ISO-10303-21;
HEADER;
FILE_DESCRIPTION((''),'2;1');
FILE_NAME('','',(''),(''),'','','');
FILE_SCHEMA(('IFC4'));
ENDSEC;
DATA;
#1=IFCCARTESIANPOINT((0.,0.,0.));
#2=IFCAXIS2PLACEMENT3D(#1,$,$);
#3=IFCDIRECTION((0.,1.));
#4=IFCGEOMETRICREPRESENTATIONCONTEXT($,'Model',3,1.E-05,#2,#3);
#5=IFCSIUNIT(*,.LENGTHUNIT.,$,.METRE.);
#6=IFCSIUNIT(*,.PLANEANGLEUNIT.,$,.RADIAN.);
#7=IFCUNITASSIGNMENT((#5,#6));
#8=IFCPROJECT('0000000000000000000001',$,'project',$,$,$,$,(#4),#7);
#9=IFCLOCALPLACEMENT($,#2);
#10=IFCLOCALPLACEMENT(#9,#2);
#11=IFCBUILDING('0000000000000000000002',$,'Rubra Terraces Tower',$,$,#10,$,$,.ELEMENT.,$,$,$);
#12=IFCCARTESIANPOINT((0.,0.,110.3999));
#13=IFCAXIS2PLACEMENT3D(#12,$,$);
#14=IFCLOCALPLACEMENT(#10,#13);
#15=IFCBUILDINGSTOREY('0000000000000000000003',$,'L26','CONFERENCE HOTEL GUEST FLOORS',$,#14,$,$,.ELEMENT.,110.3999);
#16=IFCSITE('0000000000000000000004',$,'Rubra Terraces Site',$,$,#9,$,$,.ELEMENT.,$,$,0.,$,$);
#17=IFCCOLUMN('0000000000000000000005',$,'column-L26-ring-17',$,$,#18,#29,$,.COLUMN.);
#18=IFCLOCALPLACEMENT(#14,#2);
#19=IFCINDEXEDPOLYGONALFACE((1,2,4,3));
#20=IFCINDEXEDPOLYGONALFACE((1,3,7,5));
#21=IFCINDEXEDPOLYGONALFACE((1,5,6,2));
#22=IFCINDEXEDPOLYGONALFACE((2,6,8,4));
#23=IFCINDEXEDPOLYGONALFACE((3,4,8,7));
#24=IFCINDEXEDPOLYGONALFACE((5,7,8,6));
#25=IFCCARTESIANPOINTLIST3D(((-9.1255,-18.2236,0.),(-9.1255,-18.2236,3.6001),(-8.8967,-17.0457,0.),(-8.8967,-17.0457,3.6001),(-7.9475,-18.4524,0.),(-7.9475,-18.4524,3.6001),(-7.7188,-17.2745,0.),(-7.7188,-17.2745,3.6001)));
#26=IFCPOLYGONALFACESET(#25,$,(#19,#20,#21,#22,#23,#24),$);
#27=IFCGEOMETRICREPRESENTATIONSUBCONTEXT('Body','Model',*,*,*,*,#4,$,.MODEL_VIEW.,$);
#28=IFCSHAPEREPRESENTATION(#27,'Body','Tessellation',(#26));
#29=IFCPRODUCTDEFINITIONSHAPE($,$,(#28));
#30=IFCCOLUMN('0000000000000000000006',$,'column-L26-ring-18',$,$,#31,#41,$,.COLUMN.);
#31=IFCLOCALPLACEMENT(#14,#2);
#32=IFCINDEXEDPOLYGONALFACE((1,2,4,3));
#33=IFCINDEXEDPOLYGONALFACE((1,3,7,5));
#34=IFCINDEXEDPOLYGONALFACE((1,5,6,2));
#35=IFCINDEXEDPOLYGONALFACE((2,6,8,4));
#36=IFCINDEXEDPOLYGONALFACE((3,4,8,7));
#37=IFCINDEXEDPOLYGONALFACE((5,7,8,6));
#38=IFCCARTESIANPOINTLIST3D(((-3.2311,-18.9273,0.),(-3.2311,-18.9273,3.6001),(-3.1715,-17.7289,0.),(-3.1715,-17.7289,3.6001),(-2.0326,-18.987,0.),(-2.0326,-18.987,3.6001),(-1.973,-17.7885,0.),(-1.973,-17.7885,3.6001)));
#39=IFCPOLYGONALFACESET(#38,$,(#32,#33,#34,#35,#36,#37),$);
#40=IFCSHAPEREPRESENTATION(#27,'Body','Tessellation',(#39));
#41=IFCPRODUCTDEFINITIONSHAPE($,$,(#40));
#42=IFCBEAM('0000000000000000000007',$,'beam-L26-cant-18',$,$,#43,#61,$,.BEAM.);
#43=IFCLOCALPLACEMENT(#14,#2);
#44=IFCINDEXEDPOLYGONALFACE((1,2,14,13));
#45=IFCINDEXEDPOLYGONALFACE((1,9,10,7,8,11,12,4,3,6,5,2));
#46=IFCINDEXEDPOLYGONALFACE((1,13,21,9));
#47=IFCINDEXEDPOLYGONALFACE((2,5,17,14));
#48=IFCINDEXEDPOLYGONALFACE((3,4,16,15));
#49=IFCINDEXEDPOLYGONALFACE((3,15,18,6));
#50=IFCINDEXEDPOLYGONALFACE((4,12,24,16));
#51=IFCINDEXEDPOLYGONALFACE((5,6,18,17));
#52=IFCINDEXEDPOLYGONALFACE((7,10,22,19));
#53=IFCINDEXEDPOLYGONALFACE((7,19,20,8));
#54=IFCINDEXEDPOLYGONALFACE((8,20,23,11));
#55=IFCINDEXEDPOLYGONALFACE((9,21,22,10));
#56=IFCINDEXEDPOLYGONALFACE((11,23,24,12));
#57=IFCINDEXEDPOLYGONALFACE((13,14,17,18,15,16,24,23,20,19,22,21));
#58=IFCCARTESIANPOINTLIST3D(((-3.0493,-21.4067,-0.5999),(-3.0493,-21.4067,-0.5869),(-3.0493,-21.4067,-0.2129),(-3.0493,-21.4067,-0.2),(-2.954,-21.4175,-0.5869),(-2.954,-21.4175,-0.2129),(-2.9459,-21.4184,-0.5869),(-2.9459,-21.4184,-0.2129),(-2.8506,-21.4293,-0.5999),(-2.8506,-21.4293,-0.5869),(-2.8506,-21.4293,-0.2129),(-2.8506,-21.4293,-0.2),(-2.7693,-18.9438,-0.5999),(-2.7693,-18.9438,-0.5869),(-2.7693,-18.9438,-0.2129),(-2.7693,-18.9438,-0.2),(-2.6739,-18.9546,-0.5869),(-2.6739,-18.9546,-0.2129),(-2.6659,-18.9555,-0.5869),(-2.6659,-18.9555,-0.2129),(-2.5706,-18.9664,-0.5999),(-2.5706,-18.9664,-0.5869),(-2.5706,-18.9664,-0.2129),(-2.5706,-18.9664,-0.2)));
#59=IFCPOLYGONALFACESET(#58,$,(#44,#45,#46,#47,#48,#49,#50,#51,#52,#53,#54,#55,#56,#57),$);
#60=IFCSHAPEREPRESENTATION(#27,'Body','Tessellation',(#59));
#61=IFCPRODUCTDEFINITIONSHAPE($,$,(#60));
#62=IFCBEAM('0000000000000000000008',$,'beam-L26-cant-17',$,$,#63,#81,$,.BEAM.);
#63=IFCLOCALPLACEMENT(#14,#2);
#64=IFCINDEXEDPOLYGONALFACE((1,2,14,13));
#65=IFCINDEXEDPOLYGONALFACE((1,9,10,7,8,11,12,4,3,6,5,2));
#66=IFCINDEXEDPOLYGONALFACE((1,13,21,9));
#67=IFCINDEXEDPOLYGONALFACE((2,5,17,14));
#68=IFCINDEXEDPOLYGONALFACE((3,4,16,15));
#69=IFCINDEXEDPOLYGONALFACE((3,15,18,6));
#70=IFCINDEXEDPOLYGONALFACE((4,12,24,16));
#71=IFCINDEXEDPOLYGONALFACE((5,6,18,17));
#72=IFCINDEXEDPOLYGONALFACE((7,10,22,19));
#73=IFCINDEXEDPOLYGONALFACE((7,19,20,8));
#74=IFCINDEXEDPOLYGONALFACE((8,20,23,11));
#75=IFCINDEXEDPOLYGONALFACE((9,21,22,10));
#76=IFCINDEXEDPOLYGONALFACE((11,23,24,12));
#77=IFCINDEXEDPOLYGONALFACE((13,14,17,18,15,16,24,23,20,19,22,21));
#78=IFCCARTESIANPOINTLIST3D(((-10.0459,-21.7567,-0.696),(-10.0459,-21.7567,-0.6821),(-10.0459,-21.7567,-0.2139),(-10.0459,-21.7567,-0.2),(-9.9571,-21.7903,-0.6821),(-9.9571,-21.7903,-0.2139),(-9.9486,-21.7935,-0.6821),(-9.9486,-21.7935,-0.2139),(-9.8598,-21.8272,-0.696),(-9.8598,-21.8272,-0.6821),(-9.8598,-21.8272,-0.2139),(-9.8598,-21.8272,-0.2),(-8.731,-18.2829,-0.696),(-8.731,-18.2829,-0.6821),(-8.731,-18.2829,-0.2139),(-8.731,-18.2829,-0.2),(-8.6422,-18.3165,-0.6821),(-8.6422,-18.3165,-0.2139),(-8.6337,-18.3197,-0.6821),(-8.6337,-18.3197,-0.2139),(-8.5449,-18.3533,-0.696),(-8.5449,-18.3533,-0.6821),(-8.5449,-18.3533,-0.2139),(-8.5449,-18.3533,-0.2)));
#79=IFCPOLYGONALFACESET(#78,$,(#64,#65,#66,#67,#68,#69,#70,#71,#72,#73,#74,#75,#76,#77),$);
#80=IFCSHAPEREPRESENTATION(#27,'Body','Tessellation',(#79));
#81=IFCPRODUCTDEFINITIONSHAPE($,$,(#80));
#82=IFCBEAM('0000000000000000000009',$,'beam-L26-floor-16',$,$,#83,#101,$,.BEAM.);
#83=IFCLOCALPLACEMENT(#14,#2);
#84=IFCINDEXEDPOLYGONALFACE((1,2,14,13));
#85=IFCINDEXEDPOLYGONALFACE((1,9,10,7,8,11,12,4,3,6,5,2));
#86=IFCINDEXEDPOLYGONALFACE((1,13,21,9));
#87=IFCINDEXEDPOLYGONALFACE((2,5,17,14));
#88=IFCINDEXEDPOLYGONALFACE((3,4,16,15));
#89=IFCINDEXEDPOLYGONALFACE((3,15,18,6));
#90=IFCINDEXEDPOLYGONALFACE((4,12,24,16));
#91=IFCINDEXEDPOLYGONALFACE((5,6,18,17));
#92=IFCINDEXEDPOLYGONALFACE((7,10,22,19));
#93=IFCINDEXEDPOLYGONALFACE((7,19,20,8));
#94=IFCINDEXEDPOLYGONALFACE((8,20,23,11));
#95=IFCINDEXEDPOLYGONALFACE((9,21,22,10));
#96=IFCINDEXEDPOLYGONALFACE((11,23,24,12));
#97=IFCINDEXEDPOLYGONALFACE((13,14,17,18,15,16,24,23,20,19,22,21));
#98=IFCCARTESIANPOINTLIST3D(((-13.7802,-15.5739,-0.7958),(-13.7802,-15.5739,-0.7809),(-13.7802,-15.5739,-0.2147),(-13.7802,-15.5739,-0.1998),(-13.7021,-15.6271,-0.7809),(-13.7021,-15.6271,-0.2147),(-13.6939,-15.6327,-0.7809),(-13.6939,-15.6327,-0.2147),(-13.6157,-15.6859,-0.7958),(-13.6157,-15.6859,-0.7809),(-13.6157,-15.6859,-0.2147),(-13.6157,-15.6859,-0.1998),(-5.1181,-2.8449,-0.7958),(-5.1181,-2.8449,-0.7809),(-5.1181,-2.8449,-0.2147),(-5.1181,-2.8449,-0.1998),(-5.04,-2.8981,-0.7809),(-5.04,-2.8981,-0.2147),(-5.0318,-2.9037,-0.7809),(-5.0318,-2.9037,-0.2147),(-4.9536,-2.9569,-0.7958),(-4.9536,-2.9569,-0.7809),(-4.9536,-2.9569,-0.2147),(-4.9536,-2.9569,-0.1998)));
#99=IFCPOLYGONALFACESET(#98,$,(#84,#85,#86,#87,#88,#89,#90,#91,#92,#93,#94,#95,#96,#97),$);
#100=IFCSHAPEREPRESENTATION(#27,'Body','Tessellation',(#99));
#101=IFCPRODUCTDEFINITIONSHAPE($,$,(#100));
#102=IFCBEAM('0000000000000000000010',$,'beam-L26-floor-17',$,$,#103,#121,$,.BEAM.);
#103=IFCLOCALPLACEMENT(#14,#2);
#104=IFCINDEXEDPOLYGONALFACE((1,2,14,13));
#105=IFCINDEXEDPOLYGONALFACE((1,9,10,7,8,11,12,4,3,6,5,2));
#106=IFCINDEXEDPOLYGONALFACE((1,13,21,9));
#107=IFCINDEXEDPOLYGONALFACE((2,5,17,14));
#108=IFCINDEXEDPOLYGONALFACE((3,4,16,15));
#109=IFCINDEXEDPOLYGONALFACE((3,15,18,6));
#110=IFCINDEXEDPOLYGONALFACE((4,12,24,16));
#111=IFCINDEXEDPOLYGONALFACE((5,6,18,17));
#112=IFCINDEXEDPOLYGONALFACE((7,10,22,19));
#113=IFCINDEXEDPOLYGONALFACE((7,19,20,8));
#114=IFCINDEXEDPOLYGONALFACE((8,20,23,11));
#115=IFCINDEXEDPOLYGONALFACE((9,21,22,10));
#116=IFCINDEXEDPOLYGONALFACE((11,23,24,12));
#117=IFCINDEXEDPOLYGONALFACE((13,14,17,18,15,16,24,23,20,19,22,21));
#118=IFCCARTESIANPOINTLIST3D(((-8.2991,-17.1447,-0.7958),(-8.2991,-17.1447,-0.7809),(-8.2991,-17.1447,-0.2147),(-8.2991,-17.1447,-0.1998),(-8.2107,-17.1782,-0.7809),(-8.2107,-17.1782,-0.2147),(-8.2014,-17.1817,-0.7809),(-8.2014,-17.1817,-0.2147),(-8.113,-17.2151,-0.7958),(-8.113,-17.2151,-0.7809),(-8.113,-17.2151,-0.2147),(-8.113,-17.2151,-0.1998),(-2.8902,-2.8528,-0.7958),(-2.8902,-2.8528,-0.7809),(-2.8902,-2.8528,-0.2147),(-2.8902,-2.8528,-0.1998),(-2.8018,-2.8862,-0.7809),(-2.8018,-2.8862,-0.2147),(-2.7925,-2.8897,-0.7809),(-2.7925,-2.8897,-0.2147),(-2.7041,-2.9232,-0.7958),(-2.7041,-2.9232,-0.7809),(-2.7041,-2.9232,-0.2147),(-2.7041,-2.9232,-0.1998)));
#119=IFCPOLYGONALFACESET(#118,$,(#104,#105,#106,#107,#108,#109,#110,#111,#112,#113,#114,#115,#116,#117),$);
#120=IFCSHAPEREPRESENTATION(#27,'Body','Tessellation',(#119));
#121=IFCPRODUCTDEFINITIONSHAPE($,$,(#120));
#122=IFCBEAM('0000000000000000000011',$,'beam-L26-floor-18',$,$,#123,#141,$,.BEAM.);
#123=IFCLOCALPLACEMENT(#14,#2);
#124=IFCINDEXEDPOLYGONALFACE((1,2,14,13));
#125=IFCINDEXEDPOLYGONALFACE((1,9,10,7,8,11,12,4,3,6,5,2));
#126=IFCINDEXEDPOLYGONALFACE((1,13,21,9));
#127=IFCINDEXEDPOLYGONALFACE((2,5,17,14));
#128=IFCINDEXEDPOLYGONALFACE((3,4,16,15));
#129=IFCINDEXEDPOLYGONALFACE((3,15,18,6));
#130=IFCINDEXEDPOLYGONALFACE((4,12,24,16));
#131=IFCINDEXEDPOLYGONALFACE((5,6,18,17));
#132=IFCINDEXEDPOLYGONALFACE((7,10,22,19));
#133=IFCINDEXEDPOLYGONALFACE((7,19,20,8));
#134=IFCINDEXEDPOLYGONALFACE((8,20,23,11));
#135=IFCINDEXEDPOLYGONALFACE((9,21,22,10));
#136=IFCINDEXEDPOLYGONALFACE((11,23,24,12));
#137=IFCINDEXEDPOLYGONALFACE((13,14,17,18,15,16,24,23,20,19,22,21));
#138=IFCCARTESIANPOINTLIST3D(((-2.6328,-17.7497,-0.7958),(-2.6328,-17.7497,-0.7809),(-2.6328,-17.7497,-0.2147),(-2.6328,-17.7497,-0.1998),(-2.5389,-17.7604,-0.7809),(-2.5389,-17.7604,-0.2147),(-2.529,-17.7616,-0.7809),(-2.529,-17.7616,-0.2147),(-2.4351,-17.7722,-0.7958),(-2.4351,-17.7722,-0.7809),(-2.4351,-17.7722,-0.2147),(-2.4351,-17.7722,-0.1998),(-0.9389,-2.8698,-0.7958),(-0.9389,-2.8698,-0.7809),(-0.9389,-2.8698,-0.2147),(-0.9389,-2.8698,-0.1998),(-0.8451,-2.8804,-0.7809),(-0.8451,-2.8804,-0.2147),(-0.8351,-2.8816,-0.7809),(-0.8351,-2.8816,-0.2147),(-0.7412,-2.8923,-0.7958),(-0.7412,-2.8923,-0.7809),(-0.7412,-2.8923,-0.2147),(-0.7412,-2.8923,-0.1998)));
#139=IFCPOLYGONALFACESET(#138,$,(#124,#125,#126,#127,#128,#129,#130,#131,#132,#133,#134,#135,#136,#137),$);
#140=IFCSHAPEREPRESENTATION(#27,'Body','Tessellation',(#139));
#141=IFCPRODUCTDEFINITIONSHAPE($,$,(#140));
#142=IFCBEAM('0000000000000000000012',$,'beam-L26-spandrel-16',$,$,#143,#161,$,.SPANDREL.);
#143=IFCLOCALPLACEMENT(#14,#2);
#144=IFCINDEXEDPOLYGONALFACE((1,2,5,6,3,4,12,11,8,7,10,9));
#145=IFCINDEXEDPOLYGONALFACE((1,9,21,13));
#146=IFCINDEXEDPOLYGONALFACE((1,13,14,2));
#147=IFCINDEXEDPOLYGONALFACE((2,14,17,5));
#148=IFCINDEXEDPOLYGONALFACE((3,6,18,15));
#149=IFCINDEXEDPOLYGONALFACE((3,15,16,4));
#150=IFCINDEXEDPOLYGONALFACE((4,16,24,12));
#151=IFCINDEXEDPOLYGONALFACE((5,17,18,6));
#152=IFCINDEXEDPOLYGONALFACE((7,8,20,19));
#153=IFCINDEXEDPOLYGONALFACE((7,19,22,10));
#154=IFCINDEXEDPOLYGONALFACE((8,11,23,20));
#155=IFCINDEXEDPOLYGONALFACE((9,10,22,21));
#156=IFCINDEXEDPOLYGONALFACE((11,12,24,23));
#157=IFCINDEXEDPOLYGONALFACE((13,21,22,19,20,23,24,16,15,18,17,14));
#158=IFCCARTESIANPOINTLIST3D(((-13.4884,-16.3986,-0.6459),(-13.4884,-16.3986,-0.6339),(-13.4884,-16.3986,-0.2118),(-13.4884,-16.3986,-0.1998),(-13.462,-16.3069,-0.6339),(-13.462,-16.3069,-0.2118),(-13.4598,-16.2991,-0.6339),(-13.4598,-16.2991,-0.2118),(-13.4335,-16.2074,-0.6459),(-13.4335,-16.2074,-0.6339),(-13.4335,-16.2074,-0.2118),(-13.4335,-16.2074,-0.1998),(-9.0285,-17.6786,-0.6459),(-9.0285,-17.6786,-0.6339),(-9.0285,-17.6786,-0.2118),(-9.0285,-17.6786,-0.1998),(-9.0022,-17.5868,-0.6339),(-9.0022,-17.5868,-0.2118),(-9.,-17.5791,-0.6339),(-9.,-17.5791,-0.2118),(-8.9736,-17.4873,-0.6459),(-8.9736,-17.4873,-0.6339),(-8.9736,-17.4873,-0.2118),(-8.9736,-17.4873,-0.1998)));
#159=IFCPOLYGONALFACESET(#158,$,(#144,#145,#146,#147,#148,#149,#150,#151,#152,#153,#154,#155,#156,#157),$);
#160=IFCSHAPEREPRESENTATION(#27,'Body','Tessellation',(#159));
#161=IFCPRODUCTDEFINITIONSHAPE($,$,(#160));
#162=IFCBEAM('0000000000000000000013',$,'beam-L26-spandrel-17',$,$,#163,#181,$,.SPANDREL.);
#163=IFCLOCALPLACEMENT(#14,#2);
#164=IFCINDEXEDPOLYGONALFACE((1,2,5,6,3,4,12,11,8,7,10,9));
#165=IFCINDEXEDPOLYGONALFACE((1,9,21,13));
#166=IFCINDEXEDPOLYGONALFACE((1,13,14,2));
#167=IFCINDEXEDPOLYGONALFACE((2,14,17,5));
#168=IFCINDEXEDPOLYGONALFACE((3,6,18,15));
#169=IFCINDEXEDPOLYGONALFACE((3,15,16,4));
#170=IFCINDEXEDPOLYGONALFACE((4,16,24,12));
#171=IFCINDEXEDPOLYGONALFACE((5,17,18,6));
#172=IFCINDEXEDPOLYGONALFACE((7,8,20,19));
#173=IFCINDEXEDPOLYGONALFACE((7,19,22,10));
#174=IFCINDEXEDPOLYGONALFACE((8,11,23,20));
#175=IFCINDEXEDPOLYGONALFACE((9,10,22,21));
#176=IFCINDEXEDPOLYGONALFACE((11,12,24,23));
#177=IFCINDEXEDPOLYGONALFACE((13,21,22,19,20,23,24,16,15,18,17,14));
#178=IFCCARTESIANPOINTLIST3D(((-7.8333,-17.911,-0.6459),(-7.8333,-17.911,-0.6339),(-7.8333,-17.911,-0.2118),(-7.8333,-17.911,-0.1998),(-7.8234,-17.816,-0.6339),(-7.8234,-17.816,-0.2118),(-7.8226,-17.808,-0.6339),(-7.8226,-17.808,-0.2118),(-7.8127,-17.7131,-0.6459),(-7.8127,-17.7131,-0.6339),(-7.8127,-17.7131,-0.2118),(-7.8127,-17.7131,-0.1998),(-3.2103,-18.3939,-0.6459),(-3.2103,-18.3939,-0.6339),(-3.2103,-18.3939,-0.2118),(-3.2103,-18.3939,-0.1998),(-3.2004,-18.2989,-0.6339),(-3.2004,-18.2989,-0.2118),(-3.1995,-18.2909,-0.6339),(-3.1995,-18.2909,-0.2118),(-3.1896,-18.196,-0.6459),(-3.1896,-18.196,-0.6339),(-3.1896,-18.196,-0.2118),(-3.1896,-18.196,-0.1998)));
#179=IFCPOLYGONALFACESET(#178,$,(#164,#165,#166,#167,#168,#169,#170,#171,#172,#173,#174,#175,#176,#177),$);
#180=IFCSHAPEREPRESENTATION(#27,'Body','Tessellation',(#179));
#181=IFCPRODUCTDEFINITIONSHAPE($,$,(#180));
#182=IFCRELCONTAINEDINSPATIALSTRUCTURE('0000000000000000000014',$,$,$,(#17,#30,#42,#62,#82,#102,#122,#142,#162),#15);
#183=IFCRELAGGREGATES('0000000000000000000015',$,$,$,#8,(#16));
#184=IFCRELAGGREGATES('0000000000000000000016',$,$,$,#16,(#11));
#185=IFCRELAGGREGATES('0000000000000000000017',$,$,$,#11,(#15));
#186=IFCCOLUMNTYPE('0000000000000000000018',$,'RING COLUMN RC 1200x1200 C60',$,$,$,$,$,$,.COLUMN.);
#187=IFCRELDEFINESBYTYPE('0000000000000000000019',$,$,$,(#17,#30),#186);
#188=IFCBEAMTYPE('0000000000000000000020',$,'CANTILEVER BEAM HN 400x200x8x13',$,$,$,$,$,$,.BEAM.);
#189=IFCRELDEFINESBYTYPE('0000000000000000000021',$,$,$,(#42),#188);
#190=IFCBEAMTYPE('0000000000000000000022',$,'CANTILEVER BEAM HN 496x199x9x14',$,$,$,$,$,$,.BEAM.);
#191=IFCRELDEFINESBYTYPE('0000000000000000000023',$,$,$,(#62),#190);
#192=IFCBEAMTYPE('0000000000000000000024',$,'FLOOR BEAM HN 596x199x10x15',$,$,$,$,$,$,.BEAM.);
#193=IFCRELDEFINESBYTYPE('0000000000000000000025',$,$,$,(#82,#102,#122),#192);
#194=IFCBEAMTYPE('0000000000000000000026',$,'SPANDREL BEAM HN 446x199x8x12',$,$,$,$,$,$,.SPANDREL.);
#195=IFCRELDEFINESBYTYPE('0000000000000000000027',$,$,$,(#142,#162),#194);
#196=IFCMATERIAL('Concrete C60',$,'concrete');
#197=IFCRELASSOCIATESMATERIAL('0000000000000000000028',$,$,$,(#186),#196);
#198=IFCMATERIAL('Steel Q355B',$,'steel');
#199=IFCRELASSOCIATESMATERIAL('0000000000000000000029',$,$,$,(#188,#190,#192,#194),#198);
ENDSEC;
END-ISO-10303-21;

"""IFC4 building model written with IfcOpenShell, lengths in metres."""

from ifc_helpers import new_model, si_unit, direction, frame, origin, origin_2d, place, context, subcontext, project, spatial, rectangle, i_section, extrude, material, material_profile, profile_set, type_object, element, save


model = new_model("IFC4")

# Units and contexts
model_context = context("Model", 3, precision=1e-05, world=origin(), true_north=direction((0.0, 1.0)))
body_context = subcontext(model_context, "Body", "Model", "MODEL_VIEW")
ifc_project = project(units=[si_unit("LENGTHUNIT", "METRE"), si_unit("PLANEANGLEUNIT", "RADIAN")], contexts=[model_context])

# Site, building, storey
site_placement = place(None, origin())
site = spatial("IfcSite", under=ifc_project, at=site_placement, Name="Rubra Terraces Site", CompositionType="ELEMENT", RefElevation=0.0)
building_placement = place(site_placement, origin())
building = spatial("IfcBuilding", under=site, at=building_placement, Name="Rubra Terraces Tower", CompositionType="ELEMENT")
storey_placement = place(building_placement, frame((0.0, 0.0, 110.3999)))
storey = spatial("IfcBuildingStorey", under=building, at=storey_placement, Name="L26", Description="CONFERENCE HOTEL GUEST FLOORS", CompositionType="ELEMENT", Elevation=110.3999)

# Columns
ifc_material_1 = material(Name="Concrete C60", Category="concrete")
ifc_material_profile_1 = material_profile(ifc_material_1, rectangle(XDim=1.2, YDim=1.2, at=origin_2d()), Name="RC 1200x1200")
ifc_profile_set_1 = profile_set([ifc_material_profile_1], Name="Concrete C60")
column_type = type_object("IfcColumnType", Name="RING COLUMN RC 1200x1200 C60", PredefinedType="COLUMN", material=ifc_profile_set_1)
for number, where, z_axis, x_axis, name in (
    (1, (-8.4221, -17.749, 0.0), (0.0, 0.0, 1.0), (0.981655, -0.190668, 0.0), "column-L26-ring-17"),
    (2, (-2.6021, -18.3579, 0.0), (0.0, 0.0, 1.0), (0.998764, -0.049699, 0.0), "column-L26-ring-18"),
):
    element("IfcColumn", number, at=place(storey_placement, frame(where, z_axis=z_axis, x_axis=x_axis)), inside=storey, type_object=column_type, Name=name, PredefinedType="COLUMN", context=body_context, shape_type="SweptSolid", body=[
        extrude(rectangle(XDim=1.2, YDim=1.2, at=origin_2d()), origin(), (0.0, 0.0, 1.0), 3.6001),
    ])

# Beams
ifc_material_2 = material(Name="Steel Q355B", Category="steel")
ifc_material_profile_2 = material_profile(ifc_material_2, i_section(OverallWidth=0.2, OverallDepth=0.3999, WebThickness=0.0081, FlangeThickness=0.0129, at=origin_2d()), Name="HN 400x200x8x13")
ifc_profile_set_2 = profile_set([ifc_material_profile_2], Name="Steel Q355B")
beam_type_1 = type_object("IfcBeamType", Name="CANTILEVER BEAM HN 400x200x8x13", PredefinedType="BEAM", material=ifc_profile_set_2)
beam_1_placement = place(storey_placement, frame((-2.6699, -18.9551, -0.3999), z_axis=(-0.112972, -0.993598, 0.0), x_axis=(0.993598, -0.112972, 0.0)))
element("IfcBeam", 3, at=beam_1_placement, inside=storey, type_object=beam_type_1, Name="beam-L26-cant-18", PredefinedType="BEAM", context=body_context, shape_type="SweptSolid", body=[
    extrude(i_section(OverallWidth=0.2, OverallDepth=0.3999, WebThickness=0.0081, FlangeThickness=0.0129, at=origin_2d()), origin(), (0.0, 0.0, 1.0), 2.4788),
])
ifc_material_profile_3 = material_profile(ifc_material_2, i_section(OverallWidth=0.199, OverallDepth=0.4961, WebThickness=0.009, FlangeThickness=0.0139, at=origin_2d()), Name="HN 496x199x9x14")
ifc_profile_set_3 = profile_set([ifc_material_profile_3], Name="Steel Q355B")
beam_type_2 = type_object("IfcBeamType", Name="CANTILEVER BEAM HN 496x199x9x14", PredefinedType="BEAM", material=ifc_profile_set_3)
beam_2_placement = place(storey_placement, frame((-8.6379, -18.3181, -0.448), z_axis=(-0.35401, -0.935242, 0.0), x_axis=(0.935242, -0.35401, 0.0)))
element("IfcBeam", 4, at=beam_2_placement, inside=storey, type_object=beam_type_2, Name="beam-L26-cant-17", PredefinedType="BEAM", context=body_context, shape_type="SweptSolid", body=[
    extrude(i_section(OverallWidth=0.199, OverallDepth=0.4961, WebThickness=0.009, FlangeThickness=0.0139, at=origin_2d()), origin(), (0.0, 0.0, 1.0), 3.7144),
])
ifc_material_profile_4 = material_profile(ifc_material_2, i_section(OverallWidth=0.199, OverallDepth=0.5959, WebThickness=0.01, FlangeThickness=0.0149, at=origin_2d()), Name="HN 596x199x10x15")
ifc_profile_set_4 = profile_set([ifc_material_profile_4], Name="Steel Q355B")
beam_type_3 = type_object("IfcBeamType", Name="FLOOR BEAM HN 596x199x10x15", PredefinedType="BEAM", material=ifc_profile_set_4)
beam_3_placement = place(storey_placement, frame((-13.698, -15.6299, -0.4978), z_axis=(0.562594, 0.826734, 0.0), x_axis=(-0.826734, 0.562594, 0.0)))
element("IfcBeam", 5, at=beam_3_placement, inside=storey, type_object=beam_type_3, Name="beam-L26-floor-16", PredefinedType="BEAM", context=body_context, shape_type="SweptSolid", body=[
    extrude(i_section(OverallWidth=0.199, OverallDepth=0.5959, WebThickness=0.01, FlangeThickness=0.0149, at=origin_2d()), origin(), (0.0, 0.0, 1.0), 15.3967),
])
beam_4_placement = place(storey_placement, frame((-8.2061, -17.1799, -0.4978), z_axis=(0.353958, 0.935261, 0.0), x_axis=(-0.935261, 0.353958, 0.0)))
element("IfcBeam", 6, at=beam_4_placement, inside=storey, type_object=beam_type_3, Name="beam-L26-floor-17", PredefinedType="BEAM", context=body_context, shape_type="SweptSolid", body=[
    extrude(i_section(OverallWidth=0.199, OverallDepth=0.5959, WebThickness=0.01, FlangeThickness=0.0149, at=origin_2d()), origin(), (0.0, 0.0, 1.0), 15.2812),
])
beam_5_placement = place(storey_placement, frame((-2.5339, -17.761, -0.4978), z_axis=(0.113104, 0.993583, 0.0), x_axis=(-0.993583, 0.113104, 0.0)))
element("IfcBeam", 7, at=beam_5_placement, inside=storey, type_object=beam_type_3, Name="beam-L26-floor-18", PredefinedType="BEAM", context=body_context, shape_type="SweptSolid", body=[
    extrude(i_section(OverallWidth=0.199, OverallDepth=0.5959, WebThickness=0.01, FlangeThickness=0.0149, at=origin_2d()), origin(), (0.0, 0.0, 1.0), 14.9761),
])
ifc_material_profile_5 = material_profile(ifc_material_2, i_section(OverallWidth=0.199, OverallDepth=0.446, WebThickness=0.0081, FlangeThickness=0.012, at=origin_2d()), Name="HN 446x199x8x12")
ifc_profile_set_5 = profile_set([ifc_material_profile_5], Name="Steel Q355B")
beam_type_4 = type_object("IfcBeamType", Name="SPANDREL BEAM HN 446x199x8x12", PredefinedType="SPANDREL", material=ifc_profile_set_5)
beam_6_placement = place(storey_placement, frame((-13.4609, -16.303, -0.4229), z_axis=(0.961196, -0.275868, 0.0), x_axis=(0.275868, 0.961196, 0.0)))
element("IfcBeam", 8, at=beam_6_placement, inside=storey, type_object=beam_type_4, Name="beam-L26-spandrel-16", PredefinedType="SPANDREL", context=body_context, shape_type="SweptSolid", body=[
    extrude(i_section(OverallWidth=0.199, OverallDepth=0.446, WebThickness=0.0081, FlangeThickness=0.012, at=origin_2d()), origin(), (0.0, 0.0, 1.0), 4.6399),
])
beam_7_placement = place(storey_placement, frame((-7.823, -17.812, -0.4229), z_axis=(0.994589, -0.103892, 0.0), x_axis=(0.103892, 0.994589, 0.0)))
element("IfcBeam", 9, at=beam_7_placement, inside=storey, type_object=beam_type_4, Name="beam-L26-spandrel-17", PredefinedType="SPANDREL", context=body_context, shape_type="SweptSolid", body=[
    extrude(i_section(OverallWidth=0.199, OverallDepth=0.446, WebThickness=0.0081, FlangeThickness=0.012, at=origin_2d()), origin(), (0.0, 0.0, 1.0), 4.6482),
])

save(model, "model.ifc")
